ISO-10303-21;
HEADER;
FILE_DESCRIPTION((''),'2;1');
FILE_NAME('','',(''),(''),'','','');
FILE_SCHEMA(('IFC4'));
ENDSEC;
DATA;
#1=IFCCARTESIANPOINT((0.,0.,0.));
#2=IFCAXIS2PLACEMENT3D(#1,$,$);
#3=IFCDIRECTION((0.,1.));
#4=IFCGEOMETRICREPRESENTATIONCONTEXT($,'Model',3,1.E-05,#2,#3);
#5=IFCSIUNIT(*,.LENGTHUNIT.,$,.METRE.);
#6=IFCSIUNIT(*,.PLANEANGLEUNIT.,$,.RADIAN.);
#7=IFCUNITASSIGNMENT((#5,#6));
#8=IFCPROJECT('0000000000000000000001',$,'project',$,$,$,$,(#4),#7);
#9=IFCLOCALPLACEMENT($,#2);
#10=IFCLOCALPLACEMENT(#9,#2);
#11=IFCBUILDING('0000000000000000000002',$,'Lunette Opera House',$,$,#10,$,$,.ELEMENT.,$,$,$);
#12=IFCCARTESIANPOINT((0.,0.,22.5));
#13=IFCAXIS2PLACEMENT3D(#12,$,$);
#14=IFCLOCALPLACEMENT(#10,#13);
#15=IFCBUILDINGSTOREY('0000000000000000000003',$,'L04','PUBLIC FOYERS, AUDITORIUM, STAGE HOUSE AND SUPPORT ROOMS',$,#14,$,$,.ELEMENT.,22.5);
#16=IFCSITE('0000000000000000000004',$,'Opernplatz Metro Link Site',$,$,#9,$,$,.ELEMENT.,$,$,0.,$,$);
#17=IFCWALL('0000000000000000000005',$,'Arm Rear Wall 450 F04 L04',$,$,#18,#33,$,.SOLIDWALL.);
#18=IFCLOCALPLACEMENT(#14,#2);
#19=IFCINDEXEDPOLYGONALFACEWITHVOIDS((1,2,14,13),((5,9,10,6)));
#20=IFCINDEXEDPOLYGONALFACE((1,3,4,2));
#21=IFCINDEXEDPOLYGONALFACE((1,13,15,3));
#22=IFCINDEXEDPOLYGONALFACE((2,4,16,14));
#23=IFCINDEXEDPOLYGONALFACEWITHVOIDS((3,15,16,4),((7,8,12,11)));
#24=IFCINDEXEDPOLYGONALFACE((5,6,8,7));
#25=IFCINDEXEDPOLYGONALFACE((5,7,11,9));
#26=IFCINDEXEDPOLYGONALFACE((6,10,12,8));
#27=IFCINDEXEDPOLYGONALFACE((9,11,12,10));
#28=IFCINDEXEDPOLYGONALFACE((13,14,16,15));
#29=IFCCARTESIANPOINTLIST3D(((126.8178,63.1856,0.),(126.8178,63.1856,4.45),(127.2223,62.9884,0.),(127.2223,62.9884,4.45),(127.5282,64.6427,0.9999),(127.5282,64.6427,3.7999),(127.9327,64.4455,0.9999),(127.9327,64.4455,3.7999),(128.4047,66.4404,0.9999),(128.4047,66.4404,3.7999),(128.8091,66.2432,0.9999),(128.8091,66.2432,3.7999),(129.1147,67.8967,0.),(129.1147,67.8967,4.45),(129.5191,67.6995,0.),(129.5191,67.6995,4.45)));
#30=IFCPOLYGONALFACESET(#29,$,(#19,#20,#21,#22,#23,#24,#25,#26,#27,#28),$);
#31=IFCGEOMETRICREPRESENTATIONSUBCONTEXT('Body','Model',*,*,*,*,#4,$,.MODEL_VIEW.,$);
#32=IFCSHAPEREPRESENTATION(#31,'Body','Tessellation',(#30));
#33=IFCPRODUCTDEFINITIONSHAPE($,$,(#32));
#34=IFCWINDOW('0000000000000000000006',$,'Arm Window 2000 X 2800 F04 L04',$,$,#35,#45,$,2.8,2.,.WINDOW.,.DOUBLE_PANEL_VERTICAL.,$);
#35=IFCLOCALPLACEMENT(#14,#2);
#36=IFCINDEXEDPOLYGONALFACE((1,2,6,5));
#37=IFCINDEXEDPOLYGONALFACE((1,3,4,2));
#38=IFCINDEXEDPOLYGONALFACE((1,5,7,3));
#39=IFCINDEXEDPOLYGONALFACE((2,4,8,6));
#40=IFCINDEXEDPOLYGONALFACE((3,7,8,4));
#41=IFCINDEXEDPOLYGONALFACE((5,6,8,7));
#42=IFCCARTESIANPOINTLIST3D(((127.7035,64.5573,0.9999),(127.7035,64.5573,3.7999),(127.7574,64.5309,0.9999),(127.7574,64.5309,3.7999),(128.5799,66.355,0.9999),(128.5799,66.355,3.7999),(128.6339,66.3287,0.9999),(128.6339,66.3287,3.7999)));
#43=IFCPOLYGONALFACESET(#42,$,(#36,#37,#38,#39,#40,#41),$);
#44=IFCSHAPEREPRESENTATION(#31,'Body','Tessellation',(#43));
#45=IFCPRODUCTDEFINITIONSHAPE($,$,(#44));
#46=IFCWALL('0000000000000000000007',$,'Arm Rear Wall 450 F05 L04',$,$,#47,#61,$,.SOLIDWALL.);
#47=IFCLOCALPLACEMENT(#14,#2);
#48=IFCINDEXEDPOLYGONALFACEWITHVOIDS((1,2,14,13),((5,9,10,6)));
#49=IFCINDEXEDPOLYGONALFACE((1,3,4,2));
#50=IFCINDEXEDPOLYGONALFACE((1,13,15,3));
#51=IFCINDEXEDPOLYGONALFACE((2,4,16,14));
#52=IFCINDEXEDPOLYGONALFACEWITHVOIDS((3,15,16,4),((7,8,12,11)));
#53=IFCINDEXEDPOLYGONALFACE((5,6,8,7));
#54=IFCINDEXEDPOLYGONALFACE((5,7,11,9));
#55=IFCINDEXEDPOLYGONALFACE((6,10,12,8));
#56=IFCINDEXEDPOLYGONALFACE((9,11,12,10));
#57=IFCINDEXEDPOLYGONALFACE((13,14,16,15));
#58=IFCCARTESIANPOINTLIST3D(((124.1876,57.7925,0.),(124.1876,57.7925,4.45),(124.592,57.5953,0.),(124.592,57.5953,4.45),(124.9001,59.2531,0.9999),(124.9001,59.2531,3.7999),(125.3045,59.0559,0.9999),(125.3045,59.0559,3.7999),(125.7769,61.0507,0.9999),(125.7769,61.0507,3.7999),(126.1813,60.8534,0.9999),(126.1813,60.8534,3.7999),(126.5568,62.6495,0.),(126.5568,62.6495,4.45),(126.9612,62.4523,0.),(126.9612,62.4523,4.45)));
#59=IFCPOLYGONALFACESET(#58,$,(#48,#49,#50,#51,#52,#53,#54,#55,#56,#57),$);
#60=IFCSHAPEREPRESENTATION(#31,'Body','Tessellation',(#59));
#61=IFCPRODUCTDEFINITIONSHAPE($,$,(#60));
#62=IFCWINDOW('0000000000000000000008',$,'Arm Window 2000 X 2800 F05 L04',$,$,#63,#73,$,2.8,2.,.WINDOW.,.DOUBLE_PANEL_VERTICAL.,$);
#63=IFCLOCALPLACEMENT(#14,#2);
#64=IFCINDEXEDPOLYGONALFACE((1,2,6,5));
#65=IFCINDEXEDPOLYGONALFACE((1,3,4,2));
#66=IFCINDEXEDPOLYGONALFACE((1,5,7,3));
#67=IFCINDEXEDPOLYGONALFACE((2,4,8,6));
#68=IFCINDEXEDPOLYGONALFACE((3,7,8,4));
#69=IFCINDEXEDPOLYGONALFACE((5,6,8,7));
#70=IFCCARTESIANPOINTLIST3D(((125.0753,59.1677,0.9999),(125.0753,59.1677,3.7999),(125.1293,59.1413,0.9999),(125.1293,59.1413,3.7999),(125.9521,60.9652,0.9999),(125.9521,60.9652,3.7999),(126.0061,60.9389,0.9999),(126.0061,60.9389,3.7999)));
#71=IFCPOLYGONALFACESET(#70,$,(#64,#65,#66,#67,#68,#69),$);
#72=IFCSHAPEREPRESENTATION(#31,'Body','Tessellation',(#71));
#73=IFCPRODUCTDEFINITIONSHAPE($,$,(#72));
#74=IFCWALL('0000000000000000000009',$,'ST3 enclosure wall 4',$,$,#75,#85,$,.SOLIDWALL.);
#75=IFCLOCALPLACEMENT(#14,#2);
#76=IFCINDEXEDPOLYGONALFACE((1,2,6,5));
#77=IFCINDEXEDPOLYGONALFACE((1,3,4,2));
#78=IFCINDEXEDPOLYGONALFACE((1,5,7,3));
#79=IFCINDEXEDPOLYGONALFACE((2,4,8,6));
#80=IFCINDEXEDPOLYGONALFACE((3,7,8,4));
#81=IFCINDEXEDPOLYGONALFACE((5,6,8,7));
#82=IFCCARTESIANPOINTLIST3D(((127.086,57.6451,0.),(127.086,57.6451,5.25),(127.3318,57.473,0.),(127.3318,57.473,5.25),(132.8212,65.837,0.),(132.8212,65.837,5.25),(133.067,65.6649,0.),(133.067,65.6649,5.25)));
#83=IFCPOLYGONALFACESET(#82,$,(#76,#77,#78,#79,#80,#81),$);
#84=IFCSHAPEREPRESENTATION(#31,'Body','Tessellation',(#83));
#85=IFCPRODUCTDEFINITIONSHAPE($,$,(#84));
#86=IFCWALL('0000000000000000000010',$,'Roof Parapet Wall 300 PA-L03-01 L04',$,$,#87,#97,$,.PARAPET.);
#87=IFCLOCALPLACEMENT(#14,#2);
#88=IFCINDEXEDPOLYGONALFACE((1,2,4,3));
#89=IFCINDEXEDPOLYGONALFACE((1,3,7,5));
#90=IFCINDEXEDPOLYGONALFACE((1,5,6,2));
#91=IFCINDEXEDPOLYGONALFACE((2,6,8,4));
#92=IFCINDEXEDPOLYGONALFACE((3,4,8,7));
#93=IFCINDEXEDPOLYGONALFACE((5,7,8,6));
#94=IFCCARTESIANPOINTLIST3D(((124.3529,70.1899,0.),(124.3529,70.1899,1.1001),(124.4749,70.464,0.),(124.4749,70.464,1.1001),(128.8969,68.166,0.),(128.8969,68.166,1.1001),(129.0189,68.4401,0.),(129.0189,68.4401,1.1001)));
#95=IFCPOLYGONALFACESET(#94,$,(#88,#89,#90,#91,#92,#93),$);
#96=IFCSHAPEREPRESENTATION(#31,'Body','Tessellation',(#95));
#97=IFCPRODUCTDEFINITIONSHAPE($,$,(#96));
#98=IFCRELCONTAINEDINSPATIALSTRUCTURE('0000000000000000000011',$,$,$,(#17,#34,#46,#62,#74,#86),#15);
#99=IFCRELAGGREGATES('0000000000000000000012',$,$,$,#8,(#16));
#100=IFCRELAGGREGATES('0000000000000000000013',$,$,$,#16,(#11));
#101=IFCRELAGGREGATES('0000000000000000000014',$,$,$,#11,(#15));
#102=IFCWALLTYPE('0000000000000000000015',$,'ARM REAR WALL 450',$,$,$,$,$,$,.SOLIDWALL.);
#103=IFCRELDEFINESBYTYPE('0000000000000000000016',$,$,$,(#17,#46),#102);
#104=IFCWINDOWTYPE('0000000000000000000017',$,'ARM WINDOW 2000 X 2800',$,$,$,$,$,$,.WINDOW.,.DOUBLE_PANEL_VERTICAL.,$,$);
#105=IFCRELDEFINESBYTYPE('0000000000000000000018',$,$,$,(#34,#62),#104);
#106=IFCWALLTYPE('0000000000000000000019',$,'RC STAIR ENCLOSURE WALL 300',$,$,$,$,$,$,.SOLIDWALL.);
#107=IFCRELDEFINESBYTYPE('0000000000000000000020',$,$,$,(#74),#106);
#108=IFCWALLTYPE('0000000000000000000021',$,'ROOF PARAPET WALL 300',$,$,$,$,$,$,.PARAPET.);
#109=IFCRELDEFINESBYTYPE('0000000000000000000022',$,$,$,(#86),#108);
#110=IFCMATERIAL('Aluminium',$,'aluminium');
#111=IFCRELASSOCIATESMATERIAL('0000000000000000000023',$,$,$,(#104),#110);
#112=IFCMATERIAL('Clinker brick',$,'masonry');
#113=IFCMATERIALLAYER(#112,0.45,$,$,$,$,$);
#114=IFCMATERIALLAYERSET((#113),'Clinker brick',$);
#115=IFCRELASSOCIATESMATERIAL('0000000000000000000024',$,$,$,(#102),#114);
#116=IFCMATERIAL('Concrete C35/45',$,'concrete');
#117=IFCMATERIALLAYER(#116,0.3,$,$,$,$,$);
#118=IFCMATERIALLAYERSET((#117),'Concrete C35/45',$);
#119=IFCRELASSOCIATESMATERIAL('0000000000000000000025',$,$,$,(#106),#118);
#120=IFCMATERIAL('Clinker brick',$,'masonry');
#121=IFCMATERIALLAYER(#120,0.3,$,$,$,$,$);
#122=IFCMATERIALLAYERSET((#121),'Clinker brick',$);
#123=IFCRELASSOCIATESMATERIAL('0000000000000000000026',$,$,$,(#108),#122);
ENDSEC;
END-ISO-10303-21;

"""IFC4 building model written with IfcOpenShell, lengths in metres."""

from ifc_helpers import new_model, si_unit, direction, frame, frame_2d, origin, place, context, subcontext, project, spatial, rectangle, extrude, material, layer, layer_set, type_object, element, fill, save


model = new_model("IFC4")

# Units and contexts
model_context = context("Model", 3, precision=1e-05, world=origin(), true_north=direction((0.0, 1.0)))
body_context = subcontext(model_context, "Body", "Model", "MODEL_VIEW")
ifc_project = project(units=[si_unit("LENGTHUNIT", "METRE"), si_unit("PLANEANGLEUNIT", "RADIAN")], contexts=[model_context])

# Site, building, storey
site_placement = place(None, origin())
site = spatial("IfcSite", under=ifc_project, at=site_placement, Name="Opernplatz Metro Link Site", CompositionType="ELEMENT", RefElevation=0.0)
building_placement = place(site_placement, origin())
building = spatial("IfcBuilding", under=site, at=building_placement, Name="Lunette Opera House", CompositionType="ELEMENT")
storey_placement = place(building_placement, frame((0.0, 0.0, 22.5)))
storey = spatial("IfcBuildingStorey", under=building, at=storey_placement, Name="L04", Description="PUBLIC FOYERS, AUDITORIUM, STAGE HOUSE AND SUPPORT ROOMS", CompositionType="ELEMENT", Elevation=22.5)

# Walls, openings, windows
ifc_material_1 = material(Name="Aluminium", Category="aluminium")
window_type = type_object("IfcWindowType", Name="ARM WINDOW 2000 X 2800", PartitioningType="DOUBLE_PANEL_VERTICAL", PredefinedType="WINDOW", material=ifc_material_1)
ifc_material_2 = material(Name="Clinker brick", Category="masonry")
ifc_layer_1 = layer(ifc_material_2, 0.45)
ifc_layer_set_1 = layer_set([ifc_layer_1], Name="Clinker brick")
wall_type_1 = type_object("IfcWallType", Name="ARM REAR WALL 450", PredefinedType="SOLIDWALL", material=ifc_layer_set_1)
wall_1_placement = place(storey_placement, frame((129.3169, 67.7981, 0.0), z_axis=(0.0, 0.0, 1.0), x_axis=(-0.438229, -0.898863, 0.0)))
wall_1 = element("IfcWall", 1, at=wall_1_placement, inside=storey, type_object=wall_type_1, Name="Arm Rear Wall 450 F04 L04", PredefinedType="SOLIDWALL", context=body_context, shape_type="SweptSolid", body=[
    extrude(rectangle(XDim=5.2412, YDim=0.45, at=frame_2d((2.6206, 0.0))), origin(), (0.0, 0.0, 1.0), 4.45),
])
opening_1_placement = place(wall_1_placement, frame((1.6201, 0.0, 1.0)))
opening_1 = element("IfcOpeningElement", 2, at=opening_1_placement, cuts=wall_1, PredefinedType="OPENING", context=body_context, shape_type="SweptSolid", body=[
    extrude(rectangle(XDim=2.0, YDim=2.8, at=frame_2d((1.0, 1.3999))), frame((0.0, 0.2371, 0.0), z_axis=(0.0, -1.0, 0.0), x_axis=(1.0, 0.0, 0.0)), (0.0, 0.0, 1.0), 0.4739),
])
window_1_placement = place(opening_1_placement, origin())
window_1 = element("IfcWindow", 3, at=window_1_placement, inside=storey, type_object=window_type, Name="Arm Window 2000 X 2800 F04 L04", OverallHeight=2.8, OverallWidth=2.0, PartitioningType="DOUBLE_PANEL_VERTICAL", PredefinedType="WINDOW", context=body_context, shape_type="SweptSolid", body=[
    extrude(rectangle(XDim=2.0, YDim=2.8, at=frame_2d((1.0, 1.3999))), frame((0.0, 0.03, 0.0), z_axis=(0.0, -1.0, 0.0), x_axis=(1.0, 0.0, 0.0)), (0.0, 0.0, 1.0), 0.0601),
])
fill(opening_1, window_1)
wall_2_placement = place(storey_placement, frame((126.759, 62.551, 0.0), z_axis=(0.0, 0.0, 1.0), x_axis=(-0.438409, -0.898775, 0.0)))
wall_2 = element("IfcWall", 4, at=wall_2_placement, inside=storey, type_object=wall_type_1, Name="Arm Rear Wall 450 F05 L04", PredefinedType="SOLIDWALL", context=body_context, shape_type="SweptSolid", body=[
    extrude(rectangle(XDim=5.4041, YDim=0.45, at=frame_2d((2.7021, 0.0))), origin(), (0.0, 0.0, 1.0), 4.45),
])
opening_2_placement = place(wall_2_placement, frame((1.7791, 0.0, 1.0)))
opening_2 = element("IfcOpeningElement", 5, at=opening_2_placement, cuts=wall_2, PredefinedType="OPENING", context=body_context, shape_type="SweptSolid", body=[
    extrude(rectangle(XDim=2.0, YDim=2.8, at=frame_2d((1.0, 1.3999))), frame((0.0, 0.2371, 0.0), z_axis=(0.0, -1.0, 0.0), x_axis=(1.0, 0.0, 0.0)), (0.0, 0.0, 1.0), 0.4739),
])
window_2_placement = place(opening_2_placement, origin())
window_2 = element("IfcWindow", 6, at=window_2_placement, inside=storey, type_object=window_type, Name="Arm Window 2000 X 2800 F05 L04", OverallHeight=2.8, OverallWidth=2.0, PartitioningType="DOUBLE_PANEL_VERTICAL", PredefinedType="WINDOW", context=body_context, shape_type="SweptSolid", body=[
    extrude(rectangle(XDim=2.0, YDim=2.8, at=frame_2d((1.0, 1.3999))), frame((0.0, 0.03, 0.0), z_axis=(0.0, -1.0, 0.0), x_axis=(1.0, 0.0, 0.0)), (0.0, 0.0, 1.0), 0.0601),
])
fill(opening_2, window_2)

# Walls
ifc_material_3 = material(Name="Concrete C35/45", Category="concrete")
ifc_layer_2 = layer(ifc_material_3, 0.3)
ifc_layer_set_2 = layer_set([ifc_layer_2], Name="Concrete C35/45")
wall_type_2 = type_object("IfcWallType", Name="RC STAIR ENCLOSURE WALL 300", PredefinedType="SOLIDWALL", material=ifc_layer_set_2)
wall_3_placement = place(storey_placement, frame((132.9441, 65.751, 0.0), z_axis=(0.0, 0.0, 1.0), x_axis=(-0.573515, -0.819195, 0.0)))
element("IfcWall", 7, at=wall_3_placement, inside=storey, type_object=wall_type_2, Name="ST3 enclosure wall 4", PredefinedType="SOLIDWALL", context=body_context, shape_type="SweptSolid", body=[
    extrude(rectangle(XDim=10.0, YDim=0.3, at=frame_2d((5.0, 0.0))), origin(), (0.0, 0.0, 1.0), 5.25),
])
ifc_material_4 = material(Name="Clinker brick", Category="masonry")
ifc_layer_3 = layer(ifc_material_4, 0.3)
ifc_layer_set_3 = layer_set([ifc_layer_3], Name="Clinker brick")
wall_type_3 = type_object("IfcWallType", Name="ROOF PARAPET WALL 300", PredefinedType="PARAPET", material=ifc_layer_set_3)
wall_4_placement = place(storey_placement, frame((128.958, 68.303, 0.0), z_axis=(0.0, 0.0, 1.0), x_axis=(-0.913483, 0.406876, 0.0)))
element("IfcWall", 8, at=wall_4_placement, inside=storey, type_object=wall_type_3, Name="Roof Parapet Wall 300 PA-L03-01 L04", PredefinedType="PARAPET", context=body_context, shape_type="SweptSolid", body=[
    extrude(rectangle(XDim=4.9744, YDim=0.3, at=frame_2d((2.4873, 0.0))), origin(), (0.0, 0.0, 1.0), 1.1001),
])

save(model, "model.ifc")
